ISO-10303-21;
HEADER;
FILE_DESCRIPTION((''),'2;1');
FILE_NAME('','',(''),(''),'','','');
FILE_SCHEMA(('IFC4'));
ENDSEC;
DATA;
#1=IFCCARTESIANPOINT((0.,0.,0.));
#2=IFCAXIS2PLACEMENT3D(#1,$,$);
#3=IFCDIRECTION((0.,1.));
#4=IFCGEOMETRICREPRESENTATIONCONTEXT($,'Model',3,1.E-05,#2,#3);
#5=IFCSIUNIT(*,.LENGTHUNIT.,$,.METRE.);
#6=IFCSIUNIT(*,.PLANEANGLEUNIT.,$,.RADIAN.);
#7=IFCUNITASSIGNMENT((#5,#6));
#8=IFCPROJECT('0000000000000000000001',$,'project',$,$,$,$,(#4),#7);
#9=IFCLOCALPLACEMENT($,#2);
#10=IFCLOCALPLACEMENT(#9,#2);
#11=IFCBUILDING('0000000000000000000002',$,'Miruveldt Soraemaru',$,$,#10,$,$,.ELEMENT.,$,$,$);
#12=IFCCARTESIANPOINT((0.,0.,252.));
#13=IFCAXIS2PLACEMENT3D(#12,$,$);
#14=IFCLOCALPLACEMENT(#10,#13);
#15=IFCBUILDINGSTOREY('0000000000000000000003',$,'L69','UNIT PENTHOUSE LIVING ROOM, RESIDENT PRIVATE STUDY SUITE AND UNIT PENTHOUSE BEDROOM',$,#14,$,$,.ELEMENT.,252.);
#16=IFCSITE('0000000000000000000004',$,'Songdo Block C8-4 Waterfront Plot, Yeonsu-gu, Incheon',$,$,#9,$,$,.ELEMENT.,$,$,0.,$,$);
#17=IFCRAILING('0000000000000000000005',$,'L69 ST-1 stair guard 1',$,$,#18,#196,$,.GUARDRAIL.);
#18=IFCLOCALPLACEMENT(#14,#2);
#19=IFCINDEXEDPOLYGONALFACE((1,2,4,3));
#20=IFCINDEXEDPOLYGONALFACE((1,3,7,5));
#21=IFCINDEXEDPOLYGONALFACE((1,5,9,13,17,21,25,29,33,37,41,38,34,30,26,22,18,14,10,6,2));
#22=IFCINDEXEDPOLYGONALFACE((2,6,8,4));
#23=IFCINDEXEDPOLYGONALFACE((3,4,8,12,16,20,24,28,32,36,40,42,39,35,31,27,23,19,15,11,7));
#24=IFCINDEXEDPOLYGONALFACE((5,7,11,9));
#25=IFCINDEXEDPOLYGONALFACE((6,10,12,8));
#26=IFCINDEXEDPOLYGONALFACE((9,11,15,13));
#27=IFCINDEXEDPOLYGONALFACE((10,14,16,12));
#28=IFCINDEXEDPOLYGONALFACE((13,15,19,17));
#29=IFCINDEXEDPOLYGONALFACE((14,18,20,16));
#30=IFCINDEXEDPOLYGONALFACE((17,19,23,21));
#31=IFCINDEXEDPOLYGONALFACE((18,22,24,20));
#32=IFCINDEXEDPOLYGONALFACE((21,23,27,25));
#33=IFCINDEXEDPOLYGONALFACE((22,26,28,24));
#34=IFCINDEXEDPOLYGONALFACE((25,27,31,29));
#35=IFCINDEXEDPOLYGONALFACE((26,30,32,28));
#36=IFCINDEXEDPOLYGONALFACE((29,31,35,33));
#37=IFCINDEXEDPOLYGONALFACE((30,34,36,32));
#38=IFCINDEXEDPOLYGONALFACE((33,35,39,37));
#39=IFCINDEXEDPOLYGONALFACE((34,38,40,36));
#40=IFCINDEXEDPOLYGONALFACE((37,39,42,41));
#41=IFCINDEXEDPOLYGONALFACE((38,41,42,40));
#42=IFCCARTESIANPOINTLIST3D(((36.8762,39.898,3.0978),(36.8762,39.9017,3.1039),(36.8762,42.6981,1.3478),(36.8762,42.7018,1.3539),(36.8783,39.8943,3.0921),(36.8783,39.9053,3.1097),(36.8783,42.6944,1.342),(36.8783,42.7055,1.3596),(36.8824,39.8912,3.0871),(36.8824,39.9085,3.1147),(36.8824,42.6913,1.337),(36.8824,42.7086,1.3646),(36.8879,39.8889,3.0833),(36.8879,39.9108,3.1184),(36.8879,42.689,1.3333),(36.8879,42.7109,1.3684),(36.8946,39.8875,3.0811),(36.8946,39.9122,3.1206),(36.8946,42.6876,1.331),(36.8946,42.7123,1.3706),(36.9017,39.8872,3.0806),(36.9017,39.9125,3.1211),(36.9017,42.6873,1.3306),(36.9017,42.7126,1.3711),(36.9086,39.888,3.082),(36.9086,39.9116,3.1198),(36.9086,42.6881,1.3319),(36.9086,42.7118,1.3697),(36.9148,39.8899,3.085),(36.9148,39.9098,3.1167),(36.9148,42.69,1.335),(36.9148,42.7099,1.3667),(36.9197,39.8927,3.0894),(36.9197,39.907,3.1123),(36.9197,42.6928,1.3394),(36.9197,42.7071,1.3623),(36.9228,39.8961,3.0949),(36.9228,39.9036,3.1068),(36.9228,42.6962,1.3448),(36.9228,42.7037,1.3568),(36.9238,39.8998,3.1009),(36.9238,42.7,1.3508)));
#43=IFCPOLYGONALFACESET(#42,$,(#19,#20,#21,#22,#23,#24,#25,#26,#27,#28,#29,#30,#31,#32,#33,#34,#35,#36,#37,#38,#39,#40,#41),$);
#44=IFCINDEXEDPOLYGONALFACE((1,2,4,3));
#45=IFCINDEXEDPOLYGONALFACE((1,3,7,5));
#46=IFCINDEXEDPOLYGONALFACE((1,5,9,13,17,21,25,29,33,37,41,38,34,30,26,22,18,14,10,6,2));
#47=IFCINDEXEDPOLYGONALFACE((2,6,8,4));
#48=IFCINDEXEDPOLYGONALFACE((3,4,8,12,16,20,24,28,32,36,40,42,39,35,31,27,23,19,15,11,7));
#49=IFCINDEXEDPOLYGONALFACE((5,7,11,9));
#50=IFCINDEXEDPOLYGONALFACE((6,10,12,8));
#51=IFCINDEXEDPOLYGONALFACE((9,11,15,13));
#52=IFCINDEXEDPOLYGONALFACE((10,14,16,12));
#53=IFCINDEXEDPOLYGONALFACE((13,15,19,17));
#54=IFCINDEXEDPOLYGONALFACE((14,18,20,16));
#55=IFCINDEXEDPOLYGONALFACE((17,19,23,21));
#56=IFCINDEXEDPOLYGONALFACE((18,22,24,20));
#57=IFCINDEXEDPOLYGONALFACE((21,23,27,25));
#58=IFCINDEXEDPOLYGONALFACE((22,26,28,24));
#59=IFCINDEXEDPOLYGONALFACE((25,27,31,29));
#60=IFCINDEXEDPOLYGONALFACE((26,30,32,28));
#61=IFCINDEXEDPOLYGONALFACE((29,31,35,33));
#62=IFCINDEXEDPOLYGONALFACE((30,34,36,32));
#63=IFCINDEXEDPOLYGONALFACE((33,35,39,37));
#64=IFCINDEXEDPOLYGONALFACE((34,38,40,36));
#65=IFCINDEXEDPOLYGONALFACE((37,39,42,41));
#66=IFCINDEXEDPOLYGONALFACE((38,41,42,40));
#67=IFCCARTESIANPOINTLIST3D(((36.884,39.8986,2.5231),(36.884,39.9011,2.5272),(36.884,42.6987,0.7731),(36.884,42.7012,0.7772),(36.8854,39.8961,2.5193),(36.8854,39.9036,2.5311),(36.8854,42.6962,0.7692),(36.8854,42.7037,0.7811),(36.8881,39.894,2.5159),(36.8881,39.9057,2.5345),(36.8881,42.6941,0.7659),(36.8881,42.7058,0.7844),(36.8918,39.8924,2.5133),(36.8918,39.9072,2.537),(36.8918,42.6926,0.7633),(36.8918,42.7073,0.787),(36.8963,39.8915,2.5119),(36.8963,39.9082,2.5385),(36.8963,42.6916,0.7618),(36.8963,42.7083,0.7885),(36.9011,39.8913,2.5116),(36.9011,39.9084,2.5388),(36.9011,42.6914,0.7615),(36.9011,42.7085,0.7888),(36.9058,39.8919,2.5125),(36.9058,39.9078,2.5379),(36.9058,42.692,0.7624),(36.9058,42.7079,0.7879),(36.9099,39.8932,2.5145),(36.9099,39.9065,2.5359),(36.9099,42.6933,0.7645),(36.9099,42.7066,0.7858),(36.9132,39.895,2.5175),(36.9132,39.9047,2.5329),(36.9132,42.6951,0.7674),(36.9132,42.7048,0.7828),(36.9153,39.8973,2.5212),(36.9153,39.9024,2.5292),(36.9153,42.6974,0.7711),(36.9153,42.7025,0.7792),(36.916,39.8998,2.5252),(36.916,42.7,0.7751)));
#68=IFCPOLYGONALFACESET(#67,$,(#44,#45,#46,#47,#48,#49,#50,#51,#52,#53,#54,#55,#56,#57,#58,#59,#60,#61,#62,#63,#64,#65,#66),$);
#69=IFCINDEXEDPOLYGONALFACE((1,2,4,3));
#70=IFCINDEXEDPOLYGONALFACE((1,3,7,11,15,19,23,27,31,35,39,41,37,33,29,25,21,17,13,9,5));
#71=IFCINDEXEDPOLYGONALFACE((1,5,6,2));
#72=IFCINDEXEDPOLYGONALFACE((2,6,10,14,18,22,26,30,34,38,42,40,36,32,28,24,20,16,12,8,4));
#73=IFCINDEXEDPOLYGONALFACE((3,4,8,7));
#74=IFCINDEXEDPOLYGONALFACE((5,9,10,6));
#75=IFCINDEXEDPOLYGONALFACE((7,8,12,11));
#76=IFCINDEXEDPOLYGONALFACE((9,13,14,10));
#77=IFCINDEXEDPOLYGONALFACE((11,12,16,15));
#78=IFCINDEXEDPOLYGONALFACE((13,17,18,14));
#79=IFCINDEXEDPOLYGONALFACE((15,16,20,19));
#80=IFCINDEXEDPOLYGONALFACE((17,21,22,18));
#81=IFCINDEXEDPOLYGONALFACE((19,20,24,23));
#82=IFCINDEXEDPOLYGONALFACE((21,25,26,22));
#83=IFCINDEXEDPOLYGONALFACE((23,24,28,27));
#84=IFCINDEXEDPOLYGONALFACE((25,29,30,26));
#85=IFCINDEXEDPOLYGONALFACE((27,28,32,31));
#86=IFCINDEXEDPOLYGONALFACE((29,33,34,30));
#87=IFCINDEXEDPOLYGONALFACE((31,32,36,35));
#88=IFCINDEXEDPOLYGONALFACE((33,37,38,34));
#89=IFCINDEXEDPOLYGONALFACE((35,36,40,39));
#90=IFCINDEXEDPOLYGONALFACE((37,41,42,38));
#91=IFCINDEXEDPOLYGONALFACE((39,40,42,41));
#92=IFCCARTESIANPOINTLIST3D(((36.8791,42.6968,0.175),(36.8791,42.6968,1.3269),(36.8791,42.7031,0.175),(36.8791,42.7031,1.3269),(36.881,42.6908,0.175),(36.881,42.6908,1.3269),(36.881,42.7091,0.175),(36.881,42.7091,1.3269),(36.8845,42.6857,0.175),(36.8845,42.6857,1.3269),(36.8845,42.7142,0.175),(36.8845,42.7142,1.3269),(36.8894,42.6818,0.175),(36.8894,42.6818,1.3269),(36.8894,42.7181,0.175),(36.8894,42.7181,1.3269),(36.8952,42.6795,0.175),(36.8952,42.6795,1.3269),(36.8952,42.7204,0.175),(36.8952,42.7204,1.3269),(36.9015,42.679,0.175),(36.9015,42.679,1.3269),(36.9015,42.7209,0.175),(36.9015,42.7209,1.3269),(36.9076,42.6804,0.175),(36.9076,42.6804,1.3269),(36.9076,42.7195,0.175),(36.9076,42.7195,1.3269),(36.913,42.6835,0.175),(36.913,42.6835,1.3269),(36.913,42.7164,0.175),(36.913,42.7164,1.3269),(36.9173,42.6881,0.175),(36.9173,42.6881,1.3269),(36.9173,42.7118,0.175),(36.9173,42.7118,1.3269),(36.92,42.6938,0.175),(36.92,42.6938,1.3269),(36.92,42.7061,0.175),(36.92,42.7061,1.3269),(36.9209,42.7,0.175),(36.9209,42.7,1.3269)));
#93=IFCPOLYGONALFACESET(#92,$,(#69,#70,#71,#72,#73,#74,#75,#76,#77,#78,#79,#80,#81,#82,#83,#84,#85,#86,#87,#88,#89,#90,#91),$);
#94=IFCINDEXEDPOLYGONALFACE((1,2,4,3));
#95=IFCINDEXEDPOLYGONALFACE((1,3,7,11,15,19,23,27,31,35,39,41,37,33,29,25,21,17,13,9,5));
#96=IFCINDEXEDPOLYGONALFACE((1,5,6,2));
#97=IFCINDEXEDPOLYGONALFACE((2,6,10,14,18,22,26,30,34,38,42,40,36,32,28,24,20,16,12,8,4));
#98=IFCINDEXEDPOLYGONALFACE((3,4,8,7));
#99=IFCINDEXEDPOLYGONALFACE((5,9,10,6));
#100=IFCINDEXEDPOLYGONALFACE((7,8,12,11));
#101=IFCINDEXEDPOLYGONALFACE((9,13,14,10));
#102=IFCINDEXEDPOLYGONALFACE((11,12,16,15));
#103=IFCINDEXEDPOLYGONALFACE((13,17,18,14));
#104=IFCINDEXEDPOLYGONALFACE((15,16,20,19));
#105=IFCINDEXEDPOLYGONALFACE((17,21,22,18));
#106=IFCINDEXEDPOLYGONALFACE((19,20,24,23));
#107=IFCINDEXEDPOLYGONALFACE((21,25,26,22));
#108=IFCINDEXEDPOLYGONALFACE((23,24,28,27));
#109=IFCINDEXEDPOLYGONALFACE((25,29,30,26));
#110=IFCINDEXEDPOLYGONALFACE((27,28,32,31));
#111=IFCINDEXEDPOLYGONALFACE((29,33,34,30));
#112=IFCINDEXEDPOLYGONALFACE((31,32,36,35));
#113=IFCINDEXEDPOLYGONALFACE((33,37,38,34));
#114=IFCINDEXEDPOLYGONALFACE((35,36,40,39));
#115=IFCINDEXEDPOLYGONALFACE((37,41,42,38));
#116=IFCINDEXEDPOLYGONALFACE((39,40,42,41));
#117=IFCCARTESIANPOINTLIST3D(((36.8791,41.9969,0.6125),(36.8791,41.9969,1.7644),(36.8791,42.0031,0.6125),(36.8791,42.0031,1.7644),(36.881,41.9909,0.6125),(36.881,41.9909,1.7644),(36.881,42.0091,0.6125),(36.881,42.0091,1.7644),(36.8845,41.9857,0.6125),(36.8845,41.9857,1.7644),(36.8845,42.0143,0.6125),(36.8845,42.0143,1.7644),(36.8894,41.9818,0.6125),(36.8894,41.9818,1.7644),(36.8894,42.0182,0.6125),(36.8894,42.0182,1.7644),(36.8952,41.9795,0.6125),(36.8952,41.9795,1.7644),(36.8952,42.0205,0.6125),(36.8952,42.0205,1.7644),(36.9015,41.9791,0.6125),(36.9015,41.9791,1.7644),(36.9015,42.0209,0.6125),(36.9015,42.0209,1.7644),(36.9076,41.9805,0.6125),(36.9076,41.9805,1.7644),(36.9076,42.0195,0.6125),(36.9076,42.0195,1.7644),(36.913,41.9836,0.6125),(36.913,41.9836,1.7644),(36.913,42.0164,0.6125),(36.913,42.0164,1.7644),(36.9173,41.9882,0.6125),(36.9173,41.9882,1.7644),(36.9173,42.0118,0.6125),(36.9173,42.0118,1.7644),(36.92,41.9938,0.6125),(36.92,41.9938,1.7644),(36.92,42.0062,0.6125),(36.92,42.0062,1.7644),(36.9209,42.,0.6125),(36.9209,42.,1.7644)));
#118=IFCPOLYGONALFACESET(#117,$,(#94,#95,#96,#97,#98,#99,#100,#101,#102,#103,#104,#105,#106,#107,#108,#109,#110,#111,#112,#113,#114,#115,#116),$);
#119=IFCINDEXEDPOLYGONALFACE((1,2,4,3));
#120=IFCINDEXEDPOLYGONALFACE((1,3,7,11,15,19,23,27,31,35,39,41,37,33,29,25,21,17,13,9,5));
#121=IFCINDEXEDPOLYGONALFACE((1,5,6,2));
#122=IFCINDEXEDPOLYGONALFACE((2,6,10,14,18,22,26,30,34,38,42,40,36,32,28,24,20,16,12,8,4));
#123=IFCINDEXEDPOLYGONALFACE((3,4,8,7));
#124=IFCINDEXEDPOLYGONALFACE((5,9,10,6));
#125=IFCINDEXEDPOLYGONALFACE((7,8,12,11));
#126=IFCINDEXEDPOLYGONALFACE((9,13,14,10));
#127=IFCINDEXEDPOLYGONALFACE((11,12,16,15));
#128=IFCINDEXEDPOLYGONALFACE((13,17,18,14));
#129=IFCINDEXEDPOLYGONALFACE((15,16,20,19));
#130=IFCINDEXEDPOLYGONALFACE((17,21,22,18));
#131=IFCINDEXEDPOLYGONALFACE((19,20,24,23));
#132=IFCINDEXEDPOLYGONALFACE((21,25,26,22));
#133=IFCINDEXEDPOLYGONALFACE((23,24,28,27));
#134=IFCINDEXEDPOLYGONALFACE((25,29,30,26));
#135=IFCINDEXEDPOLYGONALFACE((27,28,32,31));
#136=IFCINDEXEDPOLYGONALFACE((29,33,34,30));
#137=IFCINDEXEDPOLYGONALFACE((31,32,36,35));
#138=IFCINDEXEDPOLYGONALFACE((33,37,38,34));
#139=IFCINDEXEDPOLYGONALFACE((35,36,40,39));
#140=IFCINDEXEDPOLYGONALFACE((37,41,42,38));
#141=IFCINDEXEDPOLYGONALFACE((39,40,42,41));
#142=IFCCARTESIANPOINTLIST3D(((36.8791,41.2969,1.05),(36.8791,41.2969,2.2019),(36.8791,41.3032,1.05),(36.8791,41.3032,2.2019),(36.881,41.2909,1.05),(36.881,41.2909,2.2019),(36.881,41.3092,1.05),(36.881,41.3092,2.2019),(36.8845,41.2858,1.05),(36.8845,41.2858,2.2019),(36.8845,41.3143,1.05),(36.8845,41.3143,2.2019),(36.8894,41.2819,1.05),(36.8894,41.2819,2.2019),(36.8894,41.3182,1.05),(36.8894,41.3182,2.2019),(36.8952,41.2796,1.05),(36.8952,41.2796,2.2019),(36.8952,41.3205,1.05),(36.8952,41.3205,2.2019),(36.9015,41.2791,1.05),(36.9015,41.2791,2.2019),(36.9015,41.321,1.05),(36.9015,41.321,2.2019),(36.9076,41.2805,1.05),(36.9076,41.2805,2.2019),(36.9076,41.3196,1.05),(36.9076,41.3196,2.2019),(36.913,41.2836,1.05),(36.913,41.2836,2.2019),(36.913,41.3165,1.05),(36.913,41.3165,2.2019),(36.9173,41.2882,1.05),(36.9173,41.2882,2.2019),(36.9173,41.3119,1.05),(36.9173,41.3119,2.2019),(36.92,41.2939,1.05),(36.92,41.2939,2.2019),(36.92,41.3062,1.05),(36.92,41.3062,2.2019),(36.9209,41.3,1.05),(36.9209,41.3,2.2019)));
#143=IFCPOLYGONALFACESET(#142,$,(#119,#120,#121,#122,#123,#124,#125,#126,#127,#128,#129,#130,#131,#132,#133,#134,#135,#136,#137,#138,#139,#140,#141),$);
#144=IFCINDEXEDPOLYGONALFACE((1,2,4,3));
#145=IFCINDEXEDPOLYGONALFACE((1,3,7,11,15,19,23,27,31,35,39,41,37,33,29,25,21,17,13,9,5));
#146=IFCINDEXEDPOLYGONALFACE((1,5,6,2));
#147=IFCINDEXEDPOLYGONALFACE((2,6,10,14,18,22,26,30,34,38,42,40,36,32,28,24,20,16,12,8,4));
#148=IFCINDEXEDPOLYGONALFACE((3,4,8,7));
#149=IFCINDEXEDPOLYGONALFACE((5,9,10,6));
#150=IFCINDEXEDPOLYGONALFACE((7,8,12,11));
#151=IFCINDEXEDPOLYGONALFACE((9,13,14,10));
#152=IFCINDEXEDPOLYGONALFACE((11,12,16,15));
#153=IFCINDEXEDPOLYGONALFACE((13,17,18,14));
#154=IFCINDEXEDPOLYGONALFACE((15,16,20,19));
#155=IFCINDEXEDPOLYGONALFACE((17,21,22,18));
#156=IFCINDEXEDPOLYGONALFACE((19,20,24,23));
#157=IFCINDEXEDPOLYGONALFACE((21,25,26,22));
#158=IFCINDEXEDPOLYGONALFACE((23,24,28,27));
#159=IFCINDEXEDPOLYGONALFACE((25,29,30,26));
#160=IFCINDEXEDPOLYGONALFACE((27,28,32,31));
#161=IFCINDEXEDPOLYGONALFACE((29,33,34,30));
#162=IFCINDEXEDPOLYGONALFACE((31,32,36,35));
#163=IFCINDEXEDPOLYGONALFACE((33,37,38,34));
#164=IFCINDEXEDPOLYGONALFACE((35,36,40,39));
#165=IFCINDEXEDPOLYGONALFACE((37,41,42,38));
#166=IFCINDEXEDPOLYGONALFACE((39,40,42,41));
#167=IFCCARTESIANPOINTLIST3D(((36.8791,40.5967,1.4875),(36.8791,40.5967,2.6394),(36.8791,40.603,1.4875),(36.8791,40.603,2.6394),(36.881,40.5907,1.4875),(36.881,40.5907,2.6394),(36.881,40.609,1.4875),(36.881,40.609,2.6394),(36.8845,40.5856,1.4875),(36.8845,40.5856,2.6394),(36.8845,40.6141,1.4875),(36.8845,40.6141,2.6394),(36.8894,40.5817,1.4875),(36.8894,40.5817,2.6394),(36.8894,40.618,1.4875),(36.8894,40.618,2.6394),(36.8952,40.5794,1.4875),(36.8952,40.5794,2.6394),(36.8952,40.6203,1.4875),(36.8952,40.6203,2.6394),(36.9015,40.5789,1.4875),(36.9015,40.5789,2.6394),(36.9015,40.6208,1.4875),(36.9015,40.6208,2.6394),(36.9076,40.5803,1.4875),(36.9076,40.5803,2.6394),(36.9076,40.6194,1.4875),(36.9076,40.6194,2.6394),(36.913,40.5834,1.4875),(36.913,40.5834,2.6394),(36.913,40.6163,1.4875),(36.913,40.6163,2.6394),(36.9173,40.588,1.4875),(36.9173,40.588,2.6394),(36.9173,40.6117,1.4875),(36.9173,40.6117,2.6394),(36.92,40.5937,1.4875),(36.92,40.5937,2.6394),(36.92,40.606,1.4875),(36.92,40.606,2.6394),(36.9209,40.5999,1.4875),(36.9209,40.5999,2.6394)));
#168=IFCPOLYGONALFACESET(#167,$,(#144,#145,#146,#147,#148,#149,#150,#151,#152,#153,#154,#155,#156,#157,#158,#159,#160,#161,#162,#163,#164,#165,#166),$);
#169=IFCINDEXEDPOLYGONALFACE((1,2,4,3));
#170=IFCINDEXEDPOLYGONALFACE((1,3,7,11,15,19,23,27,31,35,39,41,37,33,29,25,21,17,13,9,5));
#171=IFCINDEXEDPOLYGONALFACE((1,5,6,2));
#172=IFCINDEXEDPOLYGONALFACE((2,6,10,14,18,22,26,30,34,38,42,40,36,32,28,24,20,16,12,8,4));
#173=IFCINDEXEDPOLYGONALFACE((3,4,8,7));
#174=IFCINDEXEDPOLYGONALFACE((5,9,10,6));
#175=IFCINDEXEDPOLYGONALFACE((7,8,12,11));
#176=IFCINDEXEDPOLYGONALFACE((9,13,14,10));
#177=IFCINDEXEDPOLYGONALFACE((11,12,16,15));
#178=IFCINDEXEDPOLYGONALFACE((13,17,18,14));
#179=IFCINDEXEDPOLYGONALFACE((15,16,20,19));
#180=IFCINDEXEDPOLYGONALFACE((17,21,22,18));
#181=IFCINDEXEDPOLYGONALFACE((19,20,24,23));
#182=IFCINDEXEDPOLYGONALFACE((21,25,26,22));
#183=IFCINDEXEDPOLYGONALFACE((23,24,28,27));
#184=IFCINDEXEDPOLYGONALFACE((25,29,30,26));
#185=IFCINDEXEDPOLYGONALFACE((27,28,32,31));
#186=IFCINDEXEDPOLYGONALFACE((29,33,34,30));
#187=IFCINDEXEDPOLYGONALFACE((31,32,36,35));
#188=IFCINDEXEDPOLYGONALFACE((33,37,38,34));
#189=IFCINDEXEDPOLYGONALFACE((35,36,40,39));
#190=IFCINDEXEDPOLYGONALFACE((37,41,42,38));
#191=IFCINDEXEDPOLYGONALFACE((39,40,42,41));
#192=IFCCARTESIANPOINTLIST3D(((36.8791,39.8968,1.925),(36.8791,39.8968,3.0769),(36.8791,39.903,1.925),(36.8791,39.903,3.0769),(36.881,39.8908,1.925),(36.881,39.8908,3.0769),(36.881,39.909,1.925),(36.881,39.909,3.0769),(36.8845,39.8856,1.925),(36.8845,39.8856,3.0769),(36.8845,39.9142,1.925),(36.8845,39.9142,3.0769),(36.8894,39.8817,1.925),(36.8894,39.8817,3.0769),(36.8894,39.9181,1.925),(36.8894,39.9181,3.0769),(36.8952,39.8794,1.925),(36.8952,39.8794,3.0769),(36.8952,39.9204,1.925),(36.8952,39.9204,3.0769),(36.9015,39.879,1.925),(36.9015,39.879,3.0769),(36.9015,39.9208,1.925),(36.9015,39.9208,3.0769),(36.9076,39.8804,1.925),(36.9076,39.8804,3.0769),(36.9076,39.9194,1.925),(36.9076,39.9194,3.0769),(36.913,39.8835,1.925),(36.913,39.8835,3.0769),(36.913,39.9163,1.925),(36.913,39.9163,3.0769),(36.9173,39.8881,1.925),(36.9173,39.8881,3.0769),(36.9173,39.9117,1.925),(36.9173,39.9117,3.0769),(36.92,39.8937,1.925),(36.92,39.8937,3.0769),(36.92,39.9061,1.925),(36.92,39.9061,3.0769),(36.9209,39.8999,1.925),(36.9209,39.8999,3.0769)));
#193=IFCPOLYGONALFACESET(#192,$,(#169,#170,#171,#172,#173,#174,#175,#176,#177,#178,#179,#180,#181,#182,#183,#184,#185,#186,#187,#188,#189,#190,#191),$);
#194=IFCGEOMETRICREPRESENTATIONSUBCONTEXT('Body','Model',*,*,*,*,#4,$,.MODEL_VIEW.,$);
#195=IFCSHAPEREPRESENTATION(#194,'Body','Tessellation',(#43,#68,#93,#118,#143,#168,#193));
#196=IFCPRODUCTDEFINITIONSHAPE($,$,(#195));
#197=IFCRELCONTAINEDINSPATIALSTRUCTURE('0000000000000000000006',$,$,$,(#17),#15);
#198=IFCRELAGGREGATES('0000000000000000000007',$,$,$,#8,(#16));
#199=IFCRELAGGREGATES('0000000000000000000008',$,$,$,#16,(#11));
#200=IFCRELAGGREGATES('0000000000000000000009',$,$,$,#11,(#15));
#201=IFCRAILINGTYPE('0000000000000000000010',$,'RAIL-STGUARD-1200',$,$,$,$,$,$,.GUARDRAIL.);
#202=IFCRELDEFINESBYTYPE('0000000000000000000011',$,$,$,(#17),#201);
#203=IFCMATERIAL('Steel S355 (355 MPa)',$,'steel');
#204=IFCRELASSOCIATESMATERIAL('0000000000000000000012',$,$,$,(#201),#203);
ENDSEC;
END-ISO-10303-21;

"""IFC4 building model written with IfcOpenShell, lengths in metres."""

from ifc_helpers import new_model, si_unit, direction, frame, origin, origin_2d, place, context, subcontext, project, spatial, circle, extrude, material, type_object, element, save


model = new_model("IFC4")

# Units and contexts
model_context = context("Model", 3, precision=1e-05, world=origin(), true_north=direction((0.0, 1.0)))
body_context = subcontext(model_context, "Body", "Model", "MODEL_VIEW")
ifc_project = project(units=[si_unit("LENGTHUNIT", "METRE"), si_unit("PLANEANGLEUNIT", "RADIAN")], contexts=[model_context])

# Site, building, storey
site_placement = place(None, origin())
site = spatial("IfcSite", under=ifc_project, at=site_placement, Name="Songdo Block C8-4 Waterfront Plot, Yeonsu-gu, Incheon", CompositionType="ELEMENT", RefElevation=0.0)
building_placement = place(site_placement, origin())
building = spatial("IfcBuilding", under=site, at=building_placement, Name="Miruveldt Soraemaru", CompositionType="ELEMENT")
storey_placement = place(building_placement, frame((0.0, 0.0, 252.0)))
storey = spatial("IfcBuildingStorey", under=building, at=storey_placement, Name="L69", Description="UNIT PENTHOUSE LIVING ROOM, RESIDENT PRIVATE STUDY SUITE AND UNIT PENTHOUSE BEDROOM", CompositionType="ELEMENT", Elevation=252.0)

# Railing
ifc_material_1 = material(Name="Steel S355 (355 MPa)", Category="steel")
railing_type_1 = type_object("IfcRailingType", Name="RAIL-STGUARD-1200", PredefinedType="GUARDRAIL", material=ifc_material_1)
railing_1_placement = place(storey_placement, frame((36.8999, 42.7, 0.175)))
element("IfcRailing", 1, at=railing_1_placement, inside=storey, type_object=railing_type_1, Name="L69 ST-1 stair guard 1", PredefinedType="GUARDRAIL", context=body_context, shape_type="SweptSolid", body=[
    extrude(circle(Radius=0.0239, at=origin_2d()), frame((0.0, 0.0, 1.1758), z_axis=(0.0, -0.848002, 0.529992), x_axis=(1.0, 0.0, 0.0)), (0.0, 0.0, 1.0), 3.302),
    extrude(circle(Radius=0.0161, at=origin_2d()), frame((0.0, 0.0, 0.6001), z_axis=(0.0, -0.848002, 0.529992), x_axis=(1.0, 0.0, 0.0)), (0.0, 0.0, 1.0), 3.302),
    extrude(circle(Radius=0.021, at=origin_2d()), origin(), (0.0, 0.0, 1.0), 1.1519),
    extrude(circle(Radius=0.021, at=origin_2d()), frame((0.0, -0.7, 0.4375)), (0.0, 0.0, 1.0), 1.1519),
    extrude(circle(Radius=0.021, at=origin_2d()), frame((0.0, -1.3999, 0.875)), (0.0, 0.0, 1.0), 1.1519),
    extrude(circle(Radius=0.021, at=origin_2d()), frame((0.0, -2.1001, 1.3125)), (0.0, 0.0, 1.0), 1.1519),
    extrude(circle(Radius=0.021, at=origin_2d()), frame((0.0, -2.8, 1.75)), (0.0, 0.0, 1.0), 1.1519),
])

save(model, "model.ifc")
